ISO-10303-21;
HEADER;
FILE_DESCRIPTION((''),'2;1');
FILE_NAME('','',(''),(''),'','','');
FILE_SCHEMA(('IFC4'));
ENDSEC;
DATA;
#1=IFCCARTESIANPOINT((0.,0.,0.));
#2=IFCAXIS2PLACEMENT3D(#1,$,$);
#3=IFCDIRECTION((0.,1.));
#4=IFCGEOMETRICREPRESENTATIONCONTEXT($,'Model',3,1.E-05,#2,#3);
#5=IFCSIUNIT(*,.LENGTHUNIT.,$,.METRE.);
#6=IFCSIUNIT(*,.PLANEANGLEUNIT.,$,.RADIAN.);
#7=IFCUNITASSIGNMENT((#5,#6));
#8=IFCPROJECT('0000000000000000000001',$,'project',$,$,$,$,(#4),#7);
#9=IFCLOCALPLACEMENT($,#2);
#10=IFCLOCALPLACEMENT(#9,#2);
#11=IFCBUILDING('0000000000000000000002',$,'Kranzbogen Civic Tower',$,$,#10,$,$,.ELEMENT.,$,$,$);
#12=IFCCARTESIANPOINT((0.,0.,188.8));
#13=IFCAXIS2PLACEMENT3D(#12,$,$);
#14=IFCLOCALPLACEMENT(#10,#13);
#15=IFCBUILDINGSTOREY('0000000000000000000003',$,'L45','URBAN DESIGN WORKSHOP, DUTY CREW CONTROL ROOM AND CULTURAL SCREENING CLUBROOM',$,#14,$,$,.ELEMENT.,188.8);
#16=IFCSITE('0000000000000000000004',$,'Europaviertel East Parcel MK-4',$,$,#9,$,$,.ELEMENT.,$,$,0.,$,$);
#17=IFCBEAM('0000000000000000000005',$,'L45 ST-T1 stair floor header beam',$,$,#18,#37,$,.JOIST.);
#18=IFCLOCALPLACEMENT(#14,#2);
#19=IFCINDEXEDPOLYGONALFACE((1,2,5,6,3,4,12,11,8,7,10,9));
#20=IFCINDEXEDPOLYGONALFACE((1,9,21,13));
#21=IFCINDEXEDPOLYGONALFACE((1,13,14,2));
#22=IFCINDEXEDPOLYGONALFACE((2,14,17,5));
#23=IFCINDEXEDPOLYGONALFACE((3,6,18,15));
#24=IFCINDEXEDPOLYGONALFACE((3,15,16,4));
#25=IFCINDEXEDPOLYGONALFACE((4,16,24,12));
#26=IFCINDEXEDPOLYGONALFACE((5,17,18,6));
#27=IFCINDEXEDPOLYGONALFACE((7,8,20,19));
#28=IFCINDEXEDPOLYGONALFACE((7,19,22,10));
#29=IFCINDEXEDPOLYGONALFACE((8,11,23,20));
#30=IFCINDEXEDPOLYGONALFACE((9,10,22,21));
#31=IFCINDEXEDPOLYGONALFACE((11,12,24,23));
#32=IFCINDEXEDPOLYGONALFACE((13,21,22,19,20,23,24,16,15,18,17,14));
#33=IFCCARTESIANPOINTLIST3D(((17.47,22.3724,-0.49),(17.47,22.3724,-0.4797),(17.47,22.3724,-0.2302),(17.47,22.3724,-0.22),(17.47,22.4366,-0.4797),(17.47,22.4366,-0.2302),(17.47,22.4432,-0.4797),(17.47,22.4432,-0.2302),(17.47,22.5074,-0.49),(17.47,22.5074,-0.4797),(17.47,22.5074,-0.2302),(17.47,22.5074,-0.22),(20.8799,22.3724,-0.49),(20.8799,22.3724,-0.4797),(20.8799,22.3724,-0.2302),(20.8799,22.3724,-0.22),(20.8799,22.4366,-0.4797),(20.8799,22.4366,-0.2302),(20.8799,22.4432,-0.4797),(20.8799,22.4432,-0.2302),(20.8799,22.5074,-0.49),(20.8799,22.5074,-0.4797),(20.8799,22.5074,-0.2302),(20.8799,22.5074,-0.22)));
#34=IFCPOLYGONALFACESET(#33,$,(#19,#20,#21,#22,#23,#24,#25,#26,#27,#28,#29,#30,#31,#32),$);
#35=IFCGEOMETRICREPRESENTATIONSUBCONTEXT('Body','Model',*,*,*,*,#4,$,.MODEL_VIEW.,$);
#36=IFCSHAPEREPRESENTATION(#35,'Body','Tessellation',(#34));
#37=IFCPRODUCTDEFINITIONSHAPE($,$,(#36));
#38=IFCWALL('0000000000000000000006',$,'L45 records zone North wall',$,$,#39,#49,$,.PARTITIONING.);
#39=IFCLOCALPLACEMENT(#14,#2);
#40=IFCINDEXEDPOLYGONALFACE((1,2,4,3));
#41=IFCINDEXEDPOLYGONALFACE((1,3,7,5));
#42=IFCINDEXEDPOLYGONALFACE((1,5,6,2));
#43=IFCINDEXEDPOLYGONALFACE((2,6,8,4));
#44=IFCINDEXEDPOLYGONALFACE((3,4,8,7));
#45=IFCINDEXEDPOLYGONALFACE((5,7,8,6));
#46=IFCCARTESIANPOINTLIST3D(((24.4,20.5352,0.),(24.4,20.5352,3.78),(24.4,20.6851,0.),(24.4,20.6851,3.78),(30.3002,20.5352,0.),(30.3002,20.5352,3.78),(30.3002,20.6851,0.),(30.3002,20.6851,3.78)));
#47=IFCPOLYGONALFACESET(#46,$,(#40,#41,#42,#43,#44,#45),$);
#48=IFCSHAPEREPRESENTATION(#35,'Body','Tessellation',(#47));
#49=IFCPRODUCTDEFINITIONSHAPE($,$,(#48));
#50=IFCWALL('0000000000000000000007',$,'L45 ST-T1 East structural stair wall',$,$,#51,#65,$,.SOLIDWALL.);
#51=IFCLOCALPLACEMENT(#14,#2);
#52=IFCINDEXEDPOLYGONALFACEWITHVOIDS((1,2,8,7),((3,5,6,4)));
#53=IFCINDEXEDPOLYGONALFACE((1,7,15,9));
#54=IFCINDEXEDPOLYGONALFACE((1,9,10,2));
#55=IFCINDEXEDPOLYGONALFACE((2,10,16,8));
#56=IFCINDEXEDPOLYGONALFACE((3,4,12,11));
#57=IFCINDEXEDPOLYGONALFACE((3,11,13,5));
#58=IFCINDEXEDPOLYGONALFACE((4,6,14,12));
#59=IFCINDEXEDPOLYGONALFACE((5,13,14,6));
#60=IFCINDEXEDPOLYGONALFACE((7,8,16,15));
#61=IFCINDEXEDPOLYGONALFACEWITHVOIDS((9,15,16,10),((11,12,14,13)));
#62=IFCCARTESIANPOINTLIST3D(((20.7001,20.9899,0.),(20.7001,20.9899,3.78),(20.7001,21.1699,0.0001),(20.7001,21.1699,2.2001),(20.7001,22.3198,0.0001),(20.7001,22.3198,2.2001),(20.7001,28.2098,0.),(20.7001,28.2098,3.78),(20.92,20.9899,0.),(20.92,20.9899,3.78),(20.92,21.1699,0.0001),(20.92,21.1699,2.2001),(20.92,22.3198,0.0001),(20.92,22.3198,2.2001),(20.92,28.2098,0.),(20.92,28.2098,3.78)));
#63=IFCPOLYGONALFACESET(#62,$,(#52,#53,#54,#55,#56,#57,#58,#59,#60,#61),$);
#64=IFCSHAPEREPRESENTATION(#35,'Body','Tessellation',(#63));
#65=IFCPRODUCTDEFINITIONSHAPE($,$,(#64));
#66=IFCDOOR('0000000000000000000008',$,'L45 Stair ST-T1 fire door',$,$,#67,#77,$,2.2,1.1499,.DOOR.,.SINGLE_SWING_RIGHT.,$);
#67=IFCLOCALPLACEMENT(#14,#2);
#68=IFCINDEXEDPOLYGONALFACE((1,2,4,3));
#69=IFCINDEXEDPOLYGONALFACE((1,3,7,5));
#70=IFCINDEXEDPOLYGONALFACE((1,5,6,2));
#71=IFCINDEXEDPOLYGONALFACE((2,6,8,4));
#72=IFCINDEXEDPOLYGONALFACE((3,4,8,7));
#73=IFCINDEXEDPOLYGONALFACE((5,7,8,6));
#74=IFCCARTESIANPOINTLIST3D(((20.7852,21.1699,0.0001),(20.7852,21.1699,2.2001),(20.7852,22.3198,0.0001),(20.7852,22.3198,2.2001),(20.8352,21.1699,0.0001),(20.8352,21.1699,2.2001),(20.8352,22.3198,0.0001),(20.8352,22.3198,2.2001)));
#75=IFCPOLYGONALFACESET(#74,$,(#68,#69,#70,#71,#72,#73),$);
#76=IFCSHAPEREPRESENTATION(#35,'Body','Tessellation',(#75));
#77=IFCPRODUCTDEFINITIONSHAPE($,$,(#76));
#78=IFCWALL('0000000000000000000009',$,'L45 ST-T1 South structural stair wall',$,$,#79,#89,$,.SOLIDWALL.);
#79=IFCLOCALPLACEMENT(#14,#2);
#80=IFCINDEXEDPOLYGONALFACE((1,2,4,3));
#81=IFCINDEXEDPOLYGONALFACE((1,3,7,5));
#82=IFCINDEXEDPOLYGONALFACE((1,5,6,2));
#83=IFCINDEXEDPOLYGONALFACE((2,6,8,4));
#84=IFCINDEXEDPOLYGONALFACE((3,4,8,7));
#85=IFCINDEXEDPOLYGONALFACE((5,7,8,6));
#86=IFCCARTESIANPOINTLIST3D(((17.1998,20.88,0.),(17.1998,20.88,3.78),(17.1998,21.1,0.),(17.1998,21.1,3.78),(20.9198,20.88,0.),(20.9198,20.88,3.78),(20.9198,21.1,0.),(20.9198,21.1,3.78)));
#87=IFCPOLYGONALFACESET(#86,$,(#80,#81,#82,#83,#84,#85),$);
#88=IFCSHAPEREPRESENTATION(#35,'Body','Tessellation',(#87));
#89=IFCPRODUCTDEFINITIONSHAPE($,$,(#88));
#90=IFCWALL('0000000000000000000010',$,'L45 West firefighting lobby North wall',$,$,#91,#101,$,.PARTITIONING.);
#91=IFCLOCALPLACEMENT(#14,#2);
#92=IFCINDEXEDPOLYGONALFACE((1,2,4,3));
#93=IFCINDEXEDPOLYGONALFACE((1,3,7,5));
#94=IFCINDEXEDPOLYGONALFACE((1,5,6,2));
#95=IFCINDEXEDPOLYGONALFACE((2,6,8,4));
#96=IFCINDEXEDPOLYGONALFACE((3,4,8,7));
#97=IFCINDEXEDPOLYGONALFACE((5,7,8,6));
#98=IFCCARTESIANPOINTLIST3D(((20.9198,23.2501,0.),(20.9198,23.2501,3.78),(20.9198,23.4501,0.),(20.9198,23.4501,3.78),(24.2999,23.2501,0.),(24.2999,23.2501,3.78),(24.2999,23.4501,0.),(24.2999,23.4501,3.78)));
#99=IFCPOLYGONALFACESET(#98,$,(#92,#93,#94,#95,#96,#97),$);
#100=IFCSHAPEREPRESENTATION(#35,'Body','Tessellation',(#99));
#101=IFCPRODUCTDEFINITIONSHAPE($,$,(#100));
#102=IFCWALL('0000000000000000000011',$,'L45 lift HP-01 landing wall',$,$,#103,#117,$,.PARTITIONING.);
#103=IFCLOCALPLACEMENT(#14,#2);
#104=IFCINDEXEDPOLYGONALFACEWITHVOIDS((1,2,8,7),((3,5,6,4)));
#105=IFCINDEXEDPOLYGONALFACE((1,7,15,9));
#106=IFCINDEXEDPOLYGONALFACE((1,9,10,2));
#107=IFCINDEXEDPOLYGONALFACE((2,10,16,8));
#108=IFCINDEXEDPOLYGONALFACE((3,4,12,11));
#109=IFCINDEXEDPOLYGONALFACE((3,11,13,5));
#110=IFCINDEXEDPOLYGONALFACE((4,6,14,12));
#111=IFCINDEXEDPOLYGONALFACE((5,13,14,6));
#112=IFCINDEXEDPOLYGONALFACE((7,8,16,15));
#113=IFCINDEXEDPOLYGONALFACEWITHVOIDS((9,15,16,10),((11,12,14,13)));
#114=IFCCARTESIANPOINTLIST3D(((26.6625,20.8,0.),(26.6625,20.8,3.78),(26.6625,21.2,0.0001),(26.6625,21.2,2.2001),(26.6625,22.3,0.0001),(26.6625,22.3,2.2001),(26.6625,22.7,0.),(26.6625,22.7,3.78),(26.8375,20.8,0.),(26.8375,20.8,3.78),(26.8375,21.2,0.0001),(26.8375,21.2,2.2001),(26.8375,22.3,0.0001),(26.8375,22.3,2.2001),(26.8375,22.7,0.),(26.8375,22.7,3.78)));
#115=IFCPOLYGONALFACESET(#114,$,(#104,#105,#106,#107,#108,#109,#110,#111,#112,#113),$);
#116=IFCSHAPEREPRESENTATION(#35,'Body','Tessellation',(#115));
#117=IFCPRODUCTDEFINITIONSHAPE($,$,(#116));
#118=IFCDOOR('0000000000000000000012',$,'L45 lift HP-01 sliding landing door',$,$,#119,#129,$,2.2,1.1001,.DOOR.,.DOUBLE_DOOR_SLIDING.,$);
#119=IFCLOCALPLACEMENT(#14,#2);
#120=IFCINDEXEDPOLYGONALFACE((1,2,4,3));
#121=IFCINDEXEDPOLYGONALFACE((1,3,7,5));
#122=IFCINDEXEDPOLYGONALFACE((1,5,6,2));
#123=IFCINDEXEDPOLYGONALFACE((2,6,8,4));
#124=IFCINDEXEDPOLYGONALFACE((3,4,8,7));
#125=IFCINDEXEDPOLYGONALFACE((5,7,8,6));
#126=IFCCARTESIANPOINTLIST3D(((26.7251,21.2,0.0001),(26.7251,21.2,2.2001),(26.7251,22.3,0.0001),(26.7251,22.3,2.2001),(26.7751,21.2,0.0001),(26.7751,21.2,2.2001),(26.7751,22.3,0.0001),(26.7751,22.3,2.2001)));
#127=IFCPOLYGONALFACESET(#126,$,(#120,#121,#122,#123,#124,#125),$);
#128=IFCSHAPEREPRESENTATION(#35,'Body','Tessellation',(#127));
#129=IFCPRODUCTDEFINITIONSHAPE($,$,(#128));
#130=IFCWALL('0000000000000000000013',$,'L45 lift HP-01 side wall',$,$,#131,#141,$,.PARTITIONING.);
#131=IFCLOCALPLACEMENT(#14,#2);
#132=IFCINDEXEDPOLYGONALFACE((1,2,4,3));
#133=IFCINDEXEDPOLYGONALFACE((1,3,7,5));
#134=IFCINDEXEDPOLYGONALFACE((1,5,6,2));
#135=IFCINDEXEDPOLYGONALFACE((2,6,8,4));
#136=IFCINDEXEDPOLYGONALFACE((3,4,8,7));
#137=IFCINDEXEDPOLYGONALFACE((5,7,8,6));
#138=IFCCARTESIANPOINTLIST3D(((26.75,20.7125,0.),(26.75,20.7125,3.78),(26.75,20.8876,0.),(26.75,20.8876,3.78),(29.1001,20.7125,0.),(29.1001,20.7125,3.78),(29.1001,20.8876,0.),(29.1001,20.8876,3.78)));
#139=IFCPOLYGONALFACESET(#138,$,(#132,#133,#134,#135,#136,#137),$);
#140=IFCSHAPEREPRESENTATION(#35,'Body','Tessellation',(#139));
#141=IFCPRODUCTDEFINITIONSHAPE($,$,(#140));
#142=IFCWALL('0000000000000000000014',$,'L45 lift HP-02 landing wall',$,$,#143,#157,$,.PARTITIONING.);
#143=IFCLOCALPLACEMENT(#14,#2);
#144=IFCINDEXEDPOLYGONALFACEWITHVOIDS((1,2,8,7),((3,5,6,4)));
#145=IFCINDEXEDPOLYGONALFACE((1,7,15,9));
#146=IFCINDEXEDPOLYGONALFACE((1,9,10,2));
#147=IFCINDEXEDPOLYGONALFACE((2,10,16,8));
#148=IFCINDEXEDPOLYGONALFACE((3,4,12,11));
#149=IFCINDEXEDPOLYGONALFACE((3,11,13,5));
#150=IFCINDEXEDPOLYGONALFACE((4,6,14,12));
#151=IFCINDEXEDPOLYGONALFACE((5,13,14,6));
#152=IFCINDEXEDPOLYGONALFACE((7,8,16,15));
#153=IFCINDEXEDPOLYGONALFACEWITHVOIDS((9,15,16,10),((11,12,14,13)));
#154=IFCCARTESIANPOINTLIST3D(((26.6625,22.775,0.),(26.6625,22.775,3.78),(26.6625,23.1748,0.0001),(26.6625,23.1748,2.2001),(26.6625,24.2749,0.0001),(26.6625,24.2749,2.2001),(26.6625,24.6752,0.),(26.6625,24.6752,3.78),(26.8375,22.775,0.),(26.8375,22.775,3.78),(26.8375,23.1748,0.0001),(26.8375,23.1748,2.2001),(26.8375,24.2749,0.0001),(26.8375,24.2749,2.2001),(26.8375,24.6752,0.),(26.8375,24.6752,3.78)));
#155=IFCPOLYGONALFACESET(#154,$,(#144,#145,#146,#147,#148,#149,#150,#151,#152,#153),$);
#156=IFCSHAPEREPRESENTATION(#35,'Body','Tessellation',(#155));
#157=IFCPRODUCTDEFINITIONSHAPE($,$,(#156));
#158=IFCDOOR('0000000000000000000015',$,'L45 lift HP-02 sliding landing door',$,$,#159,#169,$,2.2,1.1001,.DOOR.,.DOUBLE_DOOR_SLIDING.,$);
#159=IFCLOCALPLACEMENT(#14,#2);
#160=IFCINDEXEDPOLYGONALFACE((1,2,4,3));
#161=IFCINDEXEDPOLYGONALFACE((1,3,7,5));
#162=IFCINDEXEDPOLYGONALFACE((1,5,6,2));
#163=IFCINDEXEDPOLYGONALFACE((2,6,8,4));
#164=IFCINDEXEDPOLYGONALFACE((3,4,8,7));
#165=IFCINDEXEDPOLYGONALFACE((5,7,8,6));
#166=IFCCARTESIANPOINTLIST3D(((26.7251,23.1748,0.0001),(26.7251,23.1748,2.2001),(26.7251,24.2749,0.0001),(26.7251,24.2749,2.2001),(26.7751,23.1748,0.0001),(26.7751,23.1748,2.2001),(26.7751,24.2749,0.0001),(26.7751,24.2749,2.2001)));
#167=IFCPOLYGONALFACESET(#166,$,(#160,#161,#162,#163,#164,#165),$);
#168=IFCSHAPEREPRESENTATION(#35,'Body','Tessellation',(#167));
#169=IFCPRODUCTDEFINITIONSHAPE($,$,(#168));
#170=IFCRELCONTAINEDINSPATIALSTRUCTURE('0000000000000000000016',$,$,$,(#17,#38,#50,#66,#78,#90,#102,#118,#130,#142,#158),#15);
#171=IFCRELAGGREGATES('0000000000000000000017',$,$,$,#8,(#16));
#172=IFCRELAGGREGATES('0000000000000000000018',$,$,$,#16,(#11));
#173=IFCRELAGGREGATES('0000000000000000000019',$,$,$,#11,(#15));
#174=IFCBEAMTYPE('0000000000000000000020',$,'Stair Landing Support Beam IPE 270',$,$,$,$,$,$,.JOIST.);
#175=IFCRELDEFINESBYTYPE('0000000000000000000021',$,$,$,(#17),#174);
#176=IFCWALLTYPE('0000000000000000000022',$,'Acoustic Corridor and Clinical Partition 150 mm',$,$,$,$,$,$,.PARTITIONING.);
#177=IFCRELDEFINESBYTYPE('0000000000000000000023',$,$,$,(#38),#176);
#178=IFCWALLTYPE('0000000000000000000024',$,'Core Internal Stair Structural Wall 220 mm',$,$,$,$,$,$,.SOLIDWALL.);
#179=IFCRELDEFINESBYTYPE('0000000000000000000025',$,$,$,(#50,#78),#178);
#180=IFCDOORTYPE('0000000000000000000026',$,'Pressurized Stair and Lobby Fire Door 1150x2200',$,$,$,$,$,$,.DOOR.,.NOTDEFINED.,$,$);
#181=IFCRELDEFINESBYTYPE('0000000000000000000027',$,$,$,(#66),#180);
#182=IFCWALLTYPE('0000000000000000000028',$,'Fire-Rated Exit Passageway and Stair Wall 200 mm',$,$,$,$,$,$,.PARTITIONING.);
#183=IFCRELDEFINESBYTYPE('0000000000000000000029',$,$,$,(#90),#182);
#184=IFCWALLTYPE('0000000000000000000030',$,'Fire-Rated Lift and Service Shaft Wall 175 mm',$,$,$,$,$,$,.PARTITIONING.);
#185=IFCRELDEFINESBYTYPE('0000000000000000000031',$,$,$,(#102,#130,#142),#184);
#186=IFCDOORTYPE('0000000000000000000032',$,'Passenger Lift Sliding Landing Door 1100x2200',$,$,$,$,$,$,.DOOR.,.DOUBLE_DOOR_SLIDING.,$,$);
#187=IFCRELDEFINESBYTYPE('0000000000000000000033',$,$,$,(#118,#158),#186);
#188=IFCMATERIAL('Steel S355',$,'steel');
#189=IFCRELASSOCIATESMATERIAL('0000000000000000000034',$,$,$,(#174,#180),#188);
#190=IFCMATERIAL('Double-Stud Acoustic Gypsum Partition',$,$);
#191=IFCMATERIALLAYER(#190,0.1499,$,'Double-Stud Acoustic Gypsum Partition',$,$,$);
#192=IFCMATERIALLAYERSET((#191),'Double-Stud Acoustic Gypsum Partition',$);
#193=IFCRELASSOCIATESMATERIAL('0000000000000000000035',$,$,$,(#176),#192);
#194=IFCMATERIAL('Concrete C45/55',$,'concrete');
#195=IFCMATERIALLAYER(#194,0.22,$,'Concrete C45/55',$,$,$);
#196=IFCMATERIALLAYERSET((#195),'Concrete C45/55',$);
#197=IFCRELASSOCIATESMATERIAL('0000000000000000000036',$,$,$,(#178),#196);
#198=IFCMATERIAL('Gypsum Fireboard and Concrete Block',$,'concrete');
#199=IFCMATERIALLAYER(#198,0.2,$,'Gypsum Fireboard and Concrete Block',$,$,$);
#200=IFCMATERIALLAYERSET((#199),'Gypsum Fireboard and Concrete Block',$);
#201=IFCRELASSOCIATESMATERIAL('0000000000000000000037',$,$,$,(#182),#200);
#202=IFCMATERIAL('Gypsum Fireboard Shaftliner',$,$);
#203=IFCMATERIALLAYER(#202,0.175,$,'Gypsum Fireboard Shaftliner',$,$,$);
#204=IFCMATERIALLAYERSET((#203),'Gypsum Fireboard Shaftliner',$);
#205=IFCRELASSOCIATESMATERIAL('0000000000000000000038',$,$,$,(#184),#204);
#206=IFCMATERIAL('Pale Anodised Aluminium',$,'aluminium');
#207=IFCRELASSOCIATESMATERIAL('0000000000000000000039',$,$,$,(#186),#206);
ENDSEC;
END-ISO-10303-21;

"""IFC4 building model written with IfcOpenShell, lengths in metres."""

from ifc_helpers import new_model, si_unit, direction, frame, frame_2d, origin, origin_2d, place, context, subcontext, project, spatial, rectangle, i_section, extrude, material, layer, layer_set, material_profile, profile_set, type_object, element, fill, save


model = new_model("IFC4")

# Units and contexts
model_context = context("Model", 3, precision=1e-05, world=origin(), true_north=direction((0.0, 1.0)))
body_context = subcontext(model_context, "Body", "Model", "MODEL_VIEW")
ifc_project = project(units=[si_unit("LENGTHUNIT", "METRE"), si_unit("PLANEANGLEUNIT", "RADIAN")], contexts=[model_context])

# Site, building, storey
site_placement = place(None, origin())
site = spatial("IfcSite", under=ifc_project, at=site_placement, Name="Europaviertel East Parcel MK-4", CompositionType="ELEMENT", RefElevation=0.0)
building_placement = place(site_placement, origin())
building = spatial("IfcBuilding", under=site, at=building_placement, Name="Kranzbogen Civic Tower", CompositionType="ELEMENT")
storey_placement = place(building_placement, frame((0.0, 0.0, 188.8)))
storey = spatial("IfcBuildingStorey", under=building, at=storey_placement, Name="L45", Description="URBAN DESIGN WORKSHOP, DUTY CREW CONTROL ROOM AND CULTURAL SCREENING CLUBROOM", CompositionType="ELEMENT", Elevation=188.8)

# Beam
ifc_material_1 = material(Name="Steel S355", Category="steel")
ifc_material_profile = material_profile(ifc_material_1, i_section(OverallWidth=0.135, OverallDepth=0.27, WebThickness=0.0066, FlangeThickness=0.0103, at=origin_2d()), Name="IPE 270")
ifc_profile_set = profile_set([ifc_material_profile], Name="Steel S355")
beam_type = type_object("IfcBeamType", Name="Stair Landing Support Beam IPE 270", PredefinedType="JOIST", material=ifc_profile_set)
beam_placement = place(storey_placement, frame((20.8799, 22.4399, -0.355), z_axis=(-1.0, 0.0, 0.0), x_axis=(0.0, -1.0, 0.0)))
element("IfcBeam", 1, at=beam_placement, inside=storey, type_object=beam_type, Name="L45 ST-T1 stair floor header beam", PredefinedType="JOIST", context=body_context, shape_type="SweptSolid", body=[
    extrude(i_section(OverallWidth=0.135, OverallDepth=0.27, WebThickness=0.0066, FlangeThickness=0.0103, at=origin_2d()), origin(), (0.0, 0.0, 1.0), 3.4099),
])

# Wall
ifc_material_2 = material(Name="Double-Stud Acoustic Gypsum Partition")
ifc_layer_1 = layer(ifc_material_2, 0.1499, Name="Double-Stud Acoustic Gypsum Partition")
ifc_layer_set_1 = layer_set([ifc_layer_1], Name="Double-Stud Acoustic Gypsum Partition")
wall_type_1 = type_object("IfcWallType", Name="Acoustic Corridor and Clinical Partition 150 mm", PredefinedType="PARTITIONING", material=ifc_layer_set_1)
wall_1_placement = place(storey_placement, frame((24.3999, 20.6101, 0.0), z_axis=(0.0, 0.0, 1.0), x_axis=(1.0, 0.0, 0.0)))
element("IfcWall", 2, at=wall_1_placement, inside=storey, type_object=wall_type_1, Name="L45 records zone North wall", PredefinedType="PARTITIONING", context=body_context, shape_type="SweptSolid", body=[
    extrude(rectangle(XDim=5.9001, YDim=0.1499, at=frame_2d((2.9502, 0.0))), origin(), (0.0, 0.0, 1.0), 3.78),
])

# Wall, opening, door
ifc_material_3 = material(Name="Concrete C45/55", Category="concrete")
ifc_layer_2 = layer(ifc_material_3, 0.22, Name="Concrete C45/55")
ifc_layer_set_2 = layer_set([ifc_layer_2], Name="Concrete C45/55")
wall_type_2 = type_object("IfcWallType", Name="Core Internal Stair Structural Wall 220 mm", PredefinedType="SOLIDWALL", material=ifc_layer_set_2)
wall_2_placement = place(storey_placement, frame((20.8101, 20.99, 0.0), z_axis=(0.0, 0.0, 1.0), x_axis=(0.0, 1.0, 0.0)))
wall_2 = element("IfcWall", 3, at=wall_2_placement, inside=storey, type_object=wall_type_2, Name="L45 ST-T1 East structural stair wall", PredefinedType="SOLIDWALL", context=body_context, shape_type="SweptSolid", body=[
    extrude(rectangle(XDim=7.22, YDim=0.22, at=frame_2d((3.6099, 0.0))), origin(), (0.0, 0.0, 1.0), 3.78),
])
opening_1_placement = place(wall_2_placement, frame((0.1799, 0.0, 0.0)))
opening_1 = element("IfcOpeningElement", 4, at=opening_1_placement, cuts=wall_2, PredefinedType="OPENING", context=body_context, shape_type="SweptSolid", body=[
    extrude(rectangle(XDim=1.1499, YDim=2.2, at=frame_2d((0.575, 1.1001))), frame((0.0, 0.1201, 0.0), z_axis=(0.0, -1.0, 0.0), x_axis=(1.0, 0.0, 0.0)), (0.0, 0.0, 1.0), 0.24),
])
door_type_1 = type_object("IfcDoorType", Name="Pressurized Stair and Lobby Fire Door 1150x2200", OperationType="NOTDEFINED", PredefinedType="DOOR", material=ifc_material_1)
door_1_placement = place(opening_1_placement, origin())
door_1 = element("IfcDoor", 5, at=door_1_placement, inside=storey, type_object=door_type_1, Name="L45 Stair ST-T1 fire door", OperationType="SINGLE_SWING_RIGHT", OverallHeight=2.2, OverallWidth=1.1499, PredefinedType="DOOR", context=body_context, shape_type="SweptSolid", body=[
    extrude(rectangle(XDim=1.1499, YDim=2.2, at=frame_2d((0.575, 1.1001))), frame((0.0, 0.0249, 0.0), z_axis=(0.0, -1.0, 0.0), x_axis=(1.0, 0.0, 0.0)), (0.0, 0.0, 1.0), 0.05),
])
fill(opening_1, door_1)

# Walls
wall_3_placement = place(storey_placement, frame((17.2, 20.99, 0.0), z_axis=(0.0, 0.0, 1.0), x_axis=(1.0, 0.0, 0.0)))
element("IfcWall", 6, at=wall_3_placement, inside=storey, type_object=wall_type_2, Name="L45 ST-T1 South structural stair wall", PredefinedType="SOLIDWALL", context=body_context, shape_type="SweptSolid", body=[
    extrude(rectangle(XDim=3.72, YDim=0.22, at=frame_2d((1.8599, 0.0))), origin(), (0.0, 0.0, 1.0), 3.78),
])
ifc_material_4 = material(Name="Gypsum Fireboard and Concrete Block", Category="concrete")
ifc_layer_3 = layer(ifc_material_4, 0.2, Name="Gypsum Fireboard and Concrete Block")
ifc_layer_set_3 = layer_set([ifc_layer_3], Name="Gypsum Fireboard and Concrete Block")
wall_type_3 = type_object("IfcWallType", Name="Fire-Rated Exit Passageway and Stair Wall 200 mm", PredefinedType="PARTITIONING", material=ifc_layer_set_3)
wall_4_placement = place(storey_placement, frame((20.9199, 23.3501, 0.0), z_axis=(0.0, 0.0, 1.0), x_axis=(1.0, 0.0, 0.0)))
element("IfcWall", 7, at=wall_4_placement, inside=storey, type_object=wall_type_3, Name="L45 West firefighting lobby North wall", PredefinedType="PARTITIONING", context=body_context, shape_type="SweptSolid", body=[
    extrude(rectangle(XDim=3.3801, YDim=0.2, at=frame_2d((1.6899, 0.0))), origin(), (0.0, 0.0, 1.0), 3.78),
])

# Wall, opening, door
ifc_material_5 = material(Name="Gypsum Fireboard Shaftliner")
ifc_layer_4 = layer(ifc_material_5, 0.175, Name="Gypsum Fireboard Shaftliner")
ifc_layer_set_4 = layer_set([ifc_layer_4], Name="Gypsum Fireboard Shaftliner")
wall_type_4 = type_object("IfcWallType", Name="Fire-Rated Lift and Service Shaft Wall 175 mm", PredefinedType="PARTITIONING", material=ifc_layer_set_4)
wall_5_placement = place(storey_placement, frame((26.75, 20.8, 0.0), z_axis=(0.0, 0.0, 1.0), x_axis=(0.0, 1.0, 0.0)))
wall_5 = element("IfcWall", 8, at=wall_5_placement, inside=storey, type_object=wall_type_4, Name="L45 lift HP-01 landing wall", PredefinedType="PARTITIONING", context=body_context, shape_type="SweptSolid", body=[
    extrude(rectangle(XDim=1.8999, YDim=0.175, at=frame_2d((0.95, 0.0))), origin(), (0.0, 0.0, 1.0), 3.78),
])
opening_2_placement = place(wall_5_placement, frame((0.3999, 0.0, 0.0)))
opening_2 = element("IfcOpeningElement", 9, at=opening_2_placement, cuts=wall_5, PredefinedType="OPENING", context=body_context, shape_type="SweptSolid", body=[
    extrude(rectangle(XDim=1.1001, YDim=2.2, at=frame_2d((0.55, 1.1001))), frame((0.0, 0.0977, 0.0), z_axis=(0.0, -1.0, 0.0), x_axis=(1.0, 0.0, 0.0)), (0.0, 0.0, 1.0), 0.1951),
])
ifc_material_6 = material(Name="Pale Anodised Aluminium", Category="aluminium")
door_type_2 = type_object("IfcDoorType", Name="Passenger Lift Sliding Landing Door 1100x2200", OperationType="DOUBLE_DOOR_SLIDING", PredefinedType="DOOR", material=ifc_material_6)
door_2_placement = place(opening_2_placement, origin())
door_2 = element("IfcDoor", 10, at=door_2_placement, inside=storey, type_object=door_type_2, Name="L45 lift HP-01 sliding landing door", OperationType="DOUBLE_DOOR_SLIDING", OverallHeight=2.2, OverallWidth=1.1001, PredefinedType="DOOR", context=body_context, shape_type="SweptSolid", body=[
    extrude(rectangle(XDim=1.1001, YDim=2.2, at=frame_2d((0.55, 1.1001))), frame((0.0, 0.0249, 0.0), z_axis=(0.0, -1.0, 0.0), x_axis=(1.0, 0.0, 0.0)), (0.0, 0.0, 1.0), 0.05),
])
fill(opening_2, door_2)

# Wall
wall_6_placement = place(storey_placement, frame((26.75, 20.8, 0.0), z_axis=(0.0, 0.0, 1.0), x_axis=(1.0, 0.0, 0.0)))
element("IfcWall", 11, at=wall_6_placement, inside=storey, type_object=wall_type_4, Name="L45 lift HP-01 side wall", PredefinedType="PARTITIONING", context=body_context, shape_type="SweptSolid", body=[
    extrude(rectangle(XDim=2.3501, YDim=0.175, at=frame_2d((1.175, 0.0))), origin(), (0.0, 0.0, 1.0), 3.78),
])

# Wall, opening, door
wall_7_placement = place(storey_placement, frame((26.75, 22.7749, 0.0), z_axis=(0.0, 0.0, 1.0), x_axis=(0.0, 1.0, 0.0)))
wall_7 = element("IfcWall", 12, at=wall_7_placement, inside=storey, type_object=wall_type_4, Name="L45 lift HP-02 landing wall", PredefinedType="PARTITIONING", context=body_context, shape_type="SweptSolid", body=[
    extrude(rectangle(XDim=1.9001, YDim=0.175, at=frame_2d((0.9502, 0.0))), origin(), (0.0, 0.0, 1.0), 3.78),
])
opening_3_placement = place(wall_7_placement, frame((0.3999, 0.0, 0.0)))
opening_3 = element("IfcOpeningElement", 13, at=opening_3_placement, cuts=wall_7, PredefinedType="OPENING", context=body_context, shape_type="SweptSolid", body=[
    extrude(rectangle(XDim=1.1001, YDim=2.2, at=frame_2d((0.55, 1.1001))), frame((0.0, 0.0977, 0.0), z_axis=(0.0, -1.0, 0.0), x_axis=(1.0, 0.0, 0.0)), (0.0, 0.0, 1.0), 0.1951),
])
door_3_placement = place(opening_3_placement, origin())
door_3 = element("IfcDoor", 14, at=door_3_placement, inside=storey, type_object=door_type_2, Name="L45 lift HP-02 sliding landing door", OperationType="DOUBLE_DOOR_SLIDING", OverallHeight=2.2, OverallWidth=1.1001, PredefinedType="DOOR", context=body_context, shape_type="SweptSolid", body=[
    extrude(rectangle(XDim=1.1001, YDim=2.2, at=frame_2d((0.55, 1.1001))), frame((0.0, 0.0249, 0.0), z_axis=(0.0, -1.0, 0.0), x_axis=(1.0, 0.0, 0.0)), (0.0, 0.0, 1.0), 0.05),
])
fill(opening_3, door_3)

save(model, "model.ifc")
